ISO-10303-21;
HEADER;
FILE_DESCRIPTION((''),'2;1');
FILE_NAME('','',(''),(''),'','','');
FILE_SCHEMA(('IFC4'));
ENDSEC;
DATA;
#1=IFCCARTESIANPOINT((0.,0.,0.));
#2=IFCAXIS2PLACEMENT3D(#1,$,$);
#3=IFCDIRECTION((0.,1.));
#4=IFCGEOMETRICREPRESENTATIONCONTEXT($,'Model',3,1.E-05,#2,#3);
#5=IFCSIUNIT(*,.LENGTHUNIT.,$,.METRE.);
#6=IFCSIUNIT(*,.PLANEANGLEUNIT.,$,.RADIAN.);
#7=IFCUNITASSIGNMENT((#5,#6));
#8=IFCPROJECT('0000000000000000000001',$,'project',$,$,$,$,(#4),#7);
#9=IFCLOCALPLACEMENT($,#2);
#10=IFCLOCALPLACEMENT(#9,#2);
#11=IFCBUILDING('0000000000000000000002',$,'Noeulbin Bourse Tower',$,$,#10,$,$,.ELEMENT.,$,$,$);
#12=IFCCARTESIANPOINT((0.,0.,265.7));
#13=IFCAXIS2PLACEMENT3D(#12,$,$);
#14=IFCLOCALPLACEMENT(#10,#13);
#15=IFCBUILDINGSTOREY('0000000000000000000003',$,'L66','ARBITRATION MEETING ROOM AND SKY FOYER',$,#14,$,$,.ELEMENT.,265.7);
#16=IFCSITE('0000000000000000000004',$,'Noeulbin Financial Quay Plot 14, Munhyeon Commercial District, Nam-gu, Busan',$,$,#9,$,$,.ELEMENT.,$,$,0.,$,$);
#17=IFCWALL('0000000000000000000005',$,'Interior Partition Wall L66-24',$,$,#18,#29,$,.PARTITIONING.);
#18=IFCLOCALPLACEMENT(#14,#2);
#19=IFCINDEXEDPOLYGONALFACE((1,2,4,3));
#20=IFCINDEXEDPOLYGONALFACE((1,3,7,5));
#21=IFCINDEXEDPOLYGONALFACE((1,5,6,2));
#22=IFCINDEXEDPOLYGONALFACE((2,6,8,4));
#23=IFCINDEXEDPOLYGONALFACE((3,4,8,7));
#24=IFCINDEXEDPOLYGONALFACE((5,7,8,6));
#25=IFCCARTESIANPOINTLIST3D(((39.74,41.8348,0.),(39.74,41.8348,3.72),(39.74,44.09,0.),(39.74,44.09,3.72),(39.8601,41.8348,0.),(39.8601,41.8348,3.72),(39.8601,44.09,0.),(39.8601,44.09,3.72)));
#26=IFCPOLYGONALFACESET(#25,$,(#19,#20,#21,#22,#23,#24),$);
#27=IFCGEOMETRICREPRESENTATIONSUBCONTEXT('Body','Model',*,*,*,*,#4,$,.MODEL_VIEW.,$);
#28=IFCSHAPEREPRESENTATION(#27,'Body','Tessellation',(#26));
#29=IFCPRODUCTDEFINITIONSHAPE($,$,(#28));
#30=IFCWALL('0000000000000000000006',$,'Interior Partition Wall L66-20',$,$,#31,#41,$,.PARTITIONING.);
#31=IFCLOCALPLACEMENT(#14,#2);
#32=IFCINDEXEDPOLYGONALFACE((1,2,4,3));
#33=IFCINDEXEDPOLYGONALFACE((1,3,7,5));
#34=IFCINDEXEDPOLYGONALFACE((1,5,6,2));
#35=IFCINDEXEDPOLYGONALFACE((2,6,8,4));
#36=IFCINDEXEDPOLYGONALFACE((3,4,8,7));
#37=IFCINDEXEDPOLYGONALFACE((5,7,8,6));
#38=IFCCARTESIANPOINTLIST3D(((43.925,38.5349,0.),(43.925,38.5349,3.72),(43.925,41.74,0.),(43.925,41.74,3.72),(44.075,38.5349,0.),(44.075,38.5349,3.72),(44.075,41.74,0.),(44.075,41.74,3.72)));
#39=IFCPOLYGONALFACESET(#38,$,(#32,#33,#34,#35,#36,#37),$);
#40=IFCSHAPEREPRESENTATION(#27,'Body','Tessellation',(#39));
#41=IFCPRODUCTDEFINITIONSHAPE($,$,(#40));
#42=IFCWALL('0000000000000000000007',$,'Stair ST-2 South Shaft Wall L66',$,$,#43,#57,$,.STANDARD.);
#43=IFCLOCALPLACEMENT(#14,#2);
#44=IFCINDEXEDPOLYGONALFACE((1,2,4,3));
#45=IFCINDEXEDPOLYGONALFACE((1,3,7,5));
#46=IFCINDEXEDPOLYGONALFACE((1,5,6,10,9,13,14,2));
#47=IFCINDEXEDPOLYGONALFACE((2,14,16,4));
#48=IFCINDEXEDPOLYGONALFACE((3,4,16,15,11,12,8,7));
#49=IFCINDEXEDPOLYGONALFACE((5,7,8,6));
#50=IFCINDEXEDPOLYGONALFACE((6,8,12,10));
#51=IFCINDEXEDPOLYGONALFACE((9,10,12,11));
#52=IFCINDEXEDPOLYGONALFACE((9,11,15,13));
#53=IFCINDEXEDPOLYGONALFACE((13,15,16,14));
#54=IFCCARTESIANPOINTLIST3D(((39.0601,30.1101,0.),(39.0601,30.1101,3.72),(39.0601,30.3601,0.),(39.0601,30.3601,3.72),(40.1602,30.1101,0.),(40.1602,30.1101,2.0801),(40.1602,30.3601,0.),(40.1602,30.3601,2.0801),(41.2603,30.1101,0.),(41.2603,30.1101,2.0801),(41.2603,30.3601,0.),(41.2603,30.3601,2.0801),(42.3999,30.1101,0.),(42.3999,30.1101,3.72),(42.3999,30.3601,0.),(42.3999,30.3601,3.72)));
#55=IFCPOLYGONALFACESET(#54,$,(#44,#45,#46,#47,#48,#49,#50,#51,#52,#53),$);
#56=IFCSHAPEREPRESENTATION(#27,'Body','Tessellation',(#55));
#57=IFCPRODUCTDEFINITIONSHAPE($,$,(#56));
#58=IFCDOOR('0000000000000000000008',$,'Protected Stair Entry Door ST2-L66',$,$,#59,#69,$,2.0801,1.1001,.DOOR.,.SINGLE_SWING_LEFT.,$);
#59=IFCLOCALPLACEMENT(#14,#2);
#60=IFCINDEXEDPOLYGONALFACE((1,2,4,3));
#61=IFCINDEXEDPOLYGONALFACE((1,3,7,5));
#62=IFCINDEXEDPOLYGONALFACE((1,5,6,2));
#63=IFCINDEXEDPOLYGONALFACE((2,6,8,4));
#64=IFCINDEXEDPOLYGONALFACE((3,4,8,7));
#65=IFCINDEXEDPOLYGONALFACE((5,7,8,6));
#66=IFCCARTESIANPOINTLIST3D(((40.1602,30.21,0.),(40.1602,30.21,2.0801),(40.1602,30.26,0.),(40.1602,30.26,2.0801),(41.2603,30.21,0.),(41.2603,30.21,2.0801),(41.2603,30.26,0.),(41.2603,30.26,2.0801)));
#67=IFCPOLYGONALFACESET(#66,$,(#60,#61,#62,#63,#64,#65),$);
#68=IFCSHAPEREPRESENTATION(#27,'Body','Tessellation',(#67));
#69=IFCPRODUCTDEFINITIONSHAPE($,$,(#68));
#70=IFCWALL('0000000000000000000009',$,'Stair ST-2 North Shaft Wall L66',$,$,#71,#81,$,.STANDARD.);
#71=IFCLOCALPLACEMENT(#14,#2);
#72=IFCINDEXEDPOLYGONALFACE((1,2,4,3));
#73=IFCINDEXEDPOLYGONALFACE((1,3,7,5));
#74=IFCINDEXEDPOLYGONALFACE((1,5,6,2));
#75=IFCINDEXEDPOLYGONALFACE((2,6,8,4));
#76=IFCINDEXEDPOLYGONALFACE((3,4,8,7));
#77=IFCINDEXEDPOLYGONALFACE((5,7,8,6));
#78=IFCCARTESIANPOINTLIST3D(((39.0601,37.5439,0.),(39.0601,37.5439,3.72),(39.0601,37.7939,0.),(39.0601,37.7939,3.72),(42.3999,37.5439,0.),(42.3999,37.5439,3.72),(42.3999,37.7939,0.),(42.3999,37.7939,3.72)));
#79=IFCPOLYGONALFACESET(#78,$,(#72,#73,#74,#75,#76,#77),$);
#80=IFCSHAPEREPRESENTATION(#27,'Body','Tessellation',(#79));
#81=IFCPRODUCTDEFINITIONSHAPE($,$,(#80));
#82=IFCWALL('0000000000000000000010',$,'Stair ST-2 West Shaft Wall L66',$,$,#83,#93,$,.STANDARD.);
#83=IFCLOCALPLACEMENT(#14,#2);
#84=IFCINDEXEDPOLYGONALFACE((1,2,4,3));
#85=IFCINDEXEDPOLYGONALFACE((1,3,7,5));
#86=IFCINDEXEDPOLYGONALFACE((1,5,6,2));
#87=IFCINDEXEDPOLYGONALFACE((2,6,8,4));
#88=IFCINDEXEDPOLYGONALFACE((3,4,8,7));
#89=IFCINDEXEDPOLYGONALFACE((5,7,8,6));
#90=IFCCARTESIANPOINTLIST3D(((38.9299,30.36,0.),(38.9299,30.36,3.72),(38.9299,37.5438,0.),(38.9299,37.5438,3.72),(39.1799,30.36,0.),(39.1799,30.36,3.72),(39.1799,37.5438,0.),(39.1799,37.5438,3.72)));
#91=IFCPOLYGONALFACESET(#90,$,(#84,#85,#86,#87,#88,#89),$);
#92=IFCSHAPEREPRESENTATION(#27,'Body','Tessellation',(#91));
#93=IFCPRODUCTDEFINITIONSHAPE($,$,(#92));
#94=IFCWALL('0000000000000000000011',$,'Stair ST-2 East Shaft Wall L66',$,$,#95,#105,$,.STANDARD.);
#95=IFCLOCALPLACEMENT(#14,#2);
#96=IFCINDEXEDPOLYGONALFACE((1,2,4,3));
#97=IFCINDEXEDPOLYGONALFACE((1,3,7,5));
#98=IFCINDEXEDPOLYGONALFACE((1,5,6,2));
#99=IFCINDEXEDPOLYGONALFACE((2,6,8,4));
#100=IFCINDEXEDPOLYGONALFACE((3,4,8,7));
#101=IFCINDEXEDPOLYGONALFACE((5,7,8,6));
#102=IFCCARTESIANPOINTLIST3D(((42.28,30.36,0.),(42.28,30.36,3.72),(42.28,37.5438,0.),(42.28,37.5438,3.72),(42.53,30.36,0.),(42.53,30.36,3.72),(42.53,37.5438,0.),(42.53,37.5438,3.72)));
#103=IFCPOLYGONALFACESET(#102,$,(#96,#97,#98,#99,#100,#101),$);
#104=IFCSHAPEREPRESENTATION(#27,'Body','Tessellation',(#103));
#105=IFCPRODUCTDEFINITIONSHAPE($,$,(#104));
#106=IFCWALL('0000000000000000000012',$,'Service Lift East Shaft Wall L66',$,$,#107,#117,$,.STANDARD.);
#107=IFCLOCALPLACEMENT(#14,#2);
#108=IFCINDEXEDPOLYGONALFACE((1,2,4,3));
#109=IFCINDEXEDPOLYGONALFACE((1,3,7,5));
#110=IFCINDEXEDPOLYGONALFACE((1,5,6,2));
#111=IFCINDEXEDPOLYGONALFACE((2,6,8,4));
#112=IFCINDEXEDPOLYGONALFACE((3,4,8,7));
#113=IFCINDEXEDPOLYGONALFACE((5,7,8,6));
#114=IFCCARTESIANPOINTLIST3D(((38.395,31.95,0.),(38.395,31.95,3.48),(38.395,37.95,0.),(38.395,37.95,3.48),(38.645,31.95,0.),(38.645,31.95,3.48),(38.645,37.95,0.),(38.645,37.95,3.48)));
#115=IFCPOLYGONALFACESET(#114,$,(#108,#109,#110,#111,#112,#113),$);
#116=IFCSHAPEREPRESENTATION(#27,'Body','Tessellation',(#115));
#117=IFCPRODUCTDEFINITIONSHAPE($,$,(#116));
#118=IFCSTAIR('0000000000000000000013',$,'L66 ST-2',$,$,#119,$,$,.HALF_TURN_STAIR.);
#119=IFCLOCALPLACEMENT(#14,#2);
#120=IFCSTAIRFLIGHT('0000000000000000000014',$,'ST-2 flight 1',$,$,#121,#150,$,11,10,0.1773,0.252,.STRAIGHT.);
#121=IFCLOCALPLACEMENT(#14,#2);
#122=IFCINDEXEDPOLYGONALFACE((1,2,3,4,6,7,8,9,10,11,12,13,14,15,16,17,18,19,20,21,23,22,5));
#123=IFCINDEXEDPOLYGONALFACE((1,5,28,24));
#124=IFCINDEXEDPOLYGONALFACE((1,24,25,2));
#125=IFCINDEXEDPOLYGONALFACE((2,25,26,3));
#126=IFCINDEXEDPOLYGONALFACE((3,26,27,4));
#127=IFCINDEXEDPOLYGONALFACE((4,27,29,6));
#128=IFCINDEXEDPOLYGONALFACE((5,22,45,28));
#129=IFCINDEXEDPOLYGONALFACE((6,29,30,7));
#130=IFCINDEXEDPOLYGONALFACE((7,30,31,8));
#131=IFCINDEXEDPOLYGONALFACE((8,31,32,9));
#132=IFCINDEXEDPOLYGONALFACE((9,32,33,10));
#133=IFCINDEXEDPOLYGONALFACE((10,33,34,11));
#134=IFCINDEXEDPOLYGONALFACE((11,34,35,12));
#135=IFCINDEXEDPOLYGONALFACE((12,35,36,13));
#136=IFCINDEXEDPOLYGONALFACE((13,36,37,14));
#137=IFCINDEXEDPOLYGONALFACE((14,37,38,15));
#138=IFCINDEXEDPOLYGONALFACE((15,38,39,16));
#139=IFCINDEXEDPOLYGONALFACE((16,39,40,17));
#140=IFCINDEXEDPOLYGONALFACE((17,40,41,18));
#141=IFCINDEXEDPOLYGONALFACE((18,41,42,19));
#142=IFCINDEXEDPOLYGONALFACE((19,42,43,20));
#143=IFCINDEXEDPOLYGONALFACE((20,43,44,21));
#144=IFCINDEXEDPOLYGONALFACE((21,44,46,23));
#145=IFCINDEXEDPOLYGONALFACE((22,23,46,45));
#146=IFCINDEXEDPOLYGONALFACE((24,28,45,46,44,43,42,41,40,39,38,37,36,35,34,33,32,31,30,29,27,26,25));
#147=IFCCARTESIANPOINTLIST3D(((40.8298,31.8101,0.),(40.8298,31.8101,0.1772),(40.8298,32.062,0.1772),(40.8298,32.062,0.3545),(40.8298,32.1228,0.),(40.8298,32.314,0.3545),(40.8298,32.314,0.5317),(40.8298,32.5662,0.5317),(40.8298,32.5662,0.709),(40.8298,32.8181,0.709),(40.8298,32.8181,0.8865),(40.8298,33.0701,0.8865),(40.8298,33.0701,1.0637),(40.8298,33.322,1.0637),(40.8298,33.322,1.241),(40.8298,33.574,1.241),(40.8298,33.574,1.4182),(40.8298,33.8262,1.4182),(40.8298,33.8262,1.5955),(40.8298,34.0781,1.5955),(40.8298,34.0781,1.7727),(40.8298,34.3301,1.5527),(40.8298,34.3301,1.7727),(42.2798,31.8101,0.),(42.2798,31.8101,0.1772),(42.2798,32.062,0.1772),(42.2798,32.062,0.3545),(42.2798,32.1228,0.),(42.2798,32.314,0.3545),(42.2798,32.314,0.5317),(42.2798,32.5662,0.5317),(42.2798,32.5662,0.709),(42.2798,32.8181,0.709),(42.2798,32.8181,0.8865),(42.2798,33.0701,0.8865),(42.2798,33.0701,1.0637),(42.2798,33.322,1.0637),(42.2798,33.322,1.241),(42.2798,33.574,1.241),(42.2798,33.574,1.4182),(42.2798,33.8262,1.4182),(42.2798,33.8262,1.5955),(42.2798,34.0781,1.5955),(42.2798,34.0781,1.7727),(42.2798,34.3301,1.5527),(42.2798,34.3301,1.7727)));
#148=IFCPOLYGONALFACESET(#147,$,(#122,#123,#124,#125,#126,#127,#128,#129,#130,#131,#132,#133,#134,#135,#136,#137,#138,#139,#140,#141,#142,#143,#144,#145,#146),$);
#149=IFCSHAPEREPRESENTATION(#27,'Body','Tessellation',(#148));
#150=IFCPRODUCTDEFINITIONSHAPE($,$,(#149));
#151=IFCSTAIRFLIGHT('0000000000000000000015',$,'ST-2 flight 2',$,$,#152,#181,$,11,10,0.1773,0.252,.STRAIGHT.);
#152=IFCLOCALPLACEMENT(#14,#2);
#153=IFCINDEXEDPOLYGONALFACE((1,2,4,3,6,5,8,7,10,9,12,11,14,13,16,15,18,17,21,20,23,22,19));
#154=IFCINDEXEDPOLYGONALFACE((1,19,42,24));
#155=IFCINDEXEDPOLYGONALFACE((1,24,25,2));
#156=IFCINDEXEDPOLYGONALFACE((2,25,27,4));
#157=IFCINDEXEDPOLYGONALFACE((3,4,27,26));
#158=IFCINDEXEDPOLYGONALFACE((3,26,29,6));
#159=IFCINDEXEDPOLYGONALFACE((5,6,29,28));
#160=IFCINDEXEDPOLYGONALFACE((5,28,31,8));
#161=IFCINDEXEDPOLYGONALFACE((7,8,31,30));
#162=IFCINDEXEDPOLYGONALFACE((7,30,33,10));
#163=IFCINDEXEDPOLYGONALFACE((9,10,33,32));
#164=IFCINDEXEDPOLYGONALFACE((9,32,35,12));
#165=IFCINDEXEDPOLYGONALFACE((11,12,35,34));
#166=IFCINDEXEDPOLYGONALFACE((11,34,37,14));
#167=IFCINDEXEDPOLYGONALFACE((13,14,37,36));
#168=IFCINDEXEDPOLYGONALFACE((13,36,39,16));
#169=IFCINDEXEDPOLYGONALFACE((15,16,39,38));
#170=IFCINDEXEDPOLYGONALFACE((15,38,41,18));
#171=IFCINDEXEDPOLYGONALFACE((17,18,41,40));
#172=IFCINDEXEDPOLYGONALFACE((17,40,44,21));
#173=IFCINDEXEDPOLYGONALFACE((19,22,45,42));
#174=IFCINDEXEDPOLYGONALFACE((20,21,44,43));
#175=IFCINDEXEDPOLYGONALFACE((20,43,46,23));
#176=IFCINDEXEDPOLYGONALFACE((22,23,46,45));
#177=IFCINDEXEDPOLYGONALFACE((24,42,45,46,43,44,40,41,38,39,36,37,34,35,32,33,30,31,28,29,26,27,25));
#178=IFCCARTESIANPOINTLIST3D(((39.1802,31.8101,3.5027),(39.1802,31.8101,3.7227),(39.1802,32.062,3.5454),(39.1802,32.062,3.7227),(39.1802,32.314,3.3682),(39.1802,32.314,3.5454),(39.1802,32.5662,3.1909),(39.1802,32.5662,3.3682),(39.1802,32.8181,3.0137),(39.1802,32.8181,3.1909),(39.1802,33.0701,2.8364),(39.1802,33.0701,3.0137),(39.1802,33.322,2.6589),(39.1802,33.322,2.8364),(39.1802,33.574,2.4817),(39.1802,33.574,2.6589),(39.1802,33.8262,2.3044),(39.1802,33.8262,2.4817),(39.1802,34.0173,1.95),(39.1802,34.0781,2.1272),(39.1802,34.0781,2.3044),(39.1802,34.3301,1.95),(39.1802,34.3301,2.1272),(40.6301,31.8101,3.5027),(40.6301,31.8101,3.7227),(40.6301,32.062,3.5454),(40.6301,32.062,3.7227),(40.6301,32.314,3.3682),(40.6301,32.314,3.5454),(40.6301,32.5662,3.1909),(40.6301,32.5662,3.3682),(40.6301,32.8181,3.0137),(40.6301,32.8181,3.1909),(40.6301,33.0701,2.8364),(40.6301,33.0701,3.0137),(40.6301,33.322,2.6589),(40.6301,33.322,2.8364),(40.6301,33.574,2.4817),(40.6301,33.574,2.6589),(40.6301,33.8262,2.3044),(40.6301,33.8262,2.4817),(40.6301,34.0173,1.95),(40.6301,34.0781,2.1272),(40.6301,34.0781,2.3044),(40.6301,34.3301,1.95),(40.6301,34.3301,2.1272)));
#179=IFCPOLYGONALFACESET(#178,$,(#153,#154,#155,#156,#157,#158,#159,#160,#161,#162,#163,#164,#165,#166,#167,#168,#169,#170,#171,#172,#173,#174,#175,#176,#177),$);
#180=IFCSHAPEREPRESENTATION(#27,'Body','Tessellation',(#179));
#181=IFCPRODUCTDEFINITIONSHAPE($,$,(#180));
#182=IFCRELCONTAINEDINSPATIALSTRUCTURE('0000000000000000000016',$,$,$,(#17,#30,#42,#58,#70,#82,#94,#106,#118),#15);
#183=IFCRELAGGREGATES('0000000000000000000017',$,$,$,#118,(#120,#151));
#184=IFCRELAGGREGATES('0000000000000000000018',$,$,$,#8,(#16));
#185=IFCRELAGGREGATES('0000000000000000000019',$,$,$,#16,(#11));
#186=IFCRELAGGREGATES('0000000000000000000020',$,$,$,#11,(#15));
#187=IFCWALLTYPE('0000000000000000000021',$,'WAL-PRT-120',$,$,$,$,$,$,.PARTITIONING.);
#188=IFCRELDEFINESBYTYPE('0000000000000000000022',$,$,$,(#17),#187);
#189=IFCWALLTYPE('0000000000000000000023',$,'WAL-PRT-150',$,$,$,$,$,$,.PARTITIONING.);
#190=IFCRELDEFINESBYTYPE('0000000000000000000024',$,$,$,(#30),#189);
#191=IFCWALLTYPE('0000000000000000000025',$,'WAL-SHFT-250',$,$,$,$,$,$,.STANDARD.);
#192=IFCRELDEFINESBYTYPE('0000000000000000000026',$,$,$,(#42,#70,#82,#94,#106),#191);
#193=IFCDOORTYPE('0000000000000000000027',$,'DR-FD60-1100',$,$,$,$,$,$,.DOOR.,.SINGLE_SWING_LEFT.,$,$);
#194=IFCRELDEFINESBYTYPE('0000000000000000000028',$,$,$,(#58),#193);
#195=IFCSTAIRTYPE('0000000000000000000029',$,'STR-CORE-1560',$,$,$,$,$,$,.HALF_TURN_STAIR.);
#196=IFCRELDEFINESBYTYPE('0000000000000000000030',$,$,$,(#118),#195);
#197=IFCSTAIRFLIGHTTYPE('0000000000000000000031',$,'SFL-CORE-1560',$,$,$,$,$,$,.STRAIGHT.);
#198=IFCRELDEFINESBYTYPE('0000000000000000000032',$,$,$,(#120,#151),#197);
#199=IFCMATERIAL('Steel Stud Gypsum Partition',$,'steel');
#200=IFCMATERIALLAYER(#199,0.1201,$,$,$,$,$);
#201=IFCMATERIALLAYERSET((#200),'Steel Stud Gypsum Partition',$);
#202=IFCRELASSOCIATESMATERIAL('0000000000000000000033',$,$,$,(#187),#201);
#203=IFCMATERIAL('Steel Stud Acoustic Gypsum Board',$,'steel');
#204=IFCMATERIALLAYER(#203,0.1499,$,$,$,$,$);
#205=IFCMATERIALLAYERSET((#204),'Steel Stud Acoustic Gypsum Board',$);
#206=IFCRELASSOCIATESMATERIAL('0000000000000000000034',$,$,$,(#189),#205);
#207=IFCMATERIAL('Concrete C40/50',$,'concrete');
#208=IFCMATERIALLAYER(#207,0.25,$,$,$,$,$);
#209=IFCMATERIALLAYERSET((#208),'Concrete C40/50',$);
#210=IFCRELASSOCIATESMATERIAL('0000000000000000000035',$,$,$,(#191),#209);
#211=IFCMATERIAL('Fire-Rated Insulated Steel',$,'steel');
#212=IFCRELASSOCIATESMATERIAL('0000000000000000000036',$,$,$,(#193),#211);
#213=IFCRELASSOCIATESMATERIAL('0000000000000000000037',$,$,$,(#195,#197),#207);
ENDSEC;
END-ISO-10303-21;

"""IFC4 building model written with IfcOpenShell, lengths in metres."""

from ifc_helpers import new_model, si_unit, direction, frame, frame_2d, origin, place, context, subcontext, project, spatial, polyline, rectangle, outline, extrude, material, layer, layer_set, type_object, element, fill, aggregate, save


model = new_model("IFC4")

# Units and contexts
model_context = context("Model", 3, precision=1e-05, world=origin(), true_north=direction((0.0, 1.0)))
body_context = subcontext(model_context, "Body", "Model", "MODEL_VIEW")
ifc_project = project(units=[si_unit("LENGTHUNIT", "METRE"), si_unit("PLANEANGLEUNIT", "RADIAN")], contexts=[model_context])

# Site, building, storey
site_placement = place(None, origin())
site = spatial("IfcSite", under=ifc_project, at=site_placement, Name="Noeulbin Financial Quay Plot 14, Munhyeon Commercial District, Nam-gu, Busan", CompositionType="ELEMENT", RefElevation=0.0)
building_placement = place(site_placement, origin())
building = spatial("IfcBuilding", under=site, at=building_placement, Name="Noeulbin Bourse Tower", CompositionType="ELEMENT")
storey_placement = place(building_placement, frame((0.0, 0.0, 265.7)))
storey = spatial("IfcBuildingStorey", under=building, at=storey_placement, Name="L66", Description="ARBITRATION MEETING ROOM AND SKY FOYER", CompositionType="ELEMENT", Elevation=265.7)

# Walls
ifc_material_1 = material(Name="Concrete C40/50", Category="concrete")
ifc_material_2 = material(Name="Steel Stud Gypsum Partition", Category="steel")
ifc_layer_1 = layer(ifc_material_2, 0.1201)
ifc_layer_set_1 = layer_set([ifc_layer_1], Name="Steel Stud Gypsum Partition")
wall_type_1 = type_object("IfcWallType", Name="WAL-PRT-120", PredefinedType="PARTITIONING", material=ifc_layer_set_1)
wall_1_placement = place(storey_placement, frame((39.8, 41.835, 0.0), z_axis=(0.0, 0.0, 1.0), x_axis=(0.0, 1.0, 0.0)))
element("IfcWall", 1, at=wall_1_placement, inside=storey, type_object=wall_type_1, Name="Interior Partition Wall L66-24", PredefinedType="PARTITIONING", context=body_context, shape_type="SweptSolid", body=[
    extrude(rectangle(XDim=2.2551, YDim=0.1201, at=frame_2d((1.1274, 0.0))), origin(), (0.0, 0.0, 1.0), 3.72),
])
ifc_material_3 = material(Name="Steel Stud Acoustic Gypsum Board", Category="steel")
ifc_layer_2 = layer(ifc_material_3, 0.1499)
ifc_layer_set_2 = layer_set([ifc_layer_2], Name="Steel Stud Acoustic Gypsum Board")
wall_type_2 = type_object("IfcWallType", Name="WAL-PRT-150", PredefinedType="PARTITIONING", material=ifc_layer_set_2)
wall_2_placement = place(storey_placement, frame((44.0, 38.5349, 0.0), z_axis=(0.0, 0.0, 1.0), x_axis=(0.0, 1.0, 0.0)))
element("IfcWall", 2, at=wall_2_placement, inside=storey, type_object=wall_type_2, Name="Interior Partition Wall L66-20", PredefinedType="PARTITIONING", context=body_context, shape_type="SweptSolid", body=[
    extrude(rectangle(XDim=3.2051, YDim=0.1499, at=frame_2d((1.6025, 0.0))), origin(), (0.0, 0.0, 1.0), 3.72),
])

# Wall, opening, door
ifc_layer_3 = layer(ifc_material_1, 0.25)
ifc_layer_set_3 = layer_set([ifc_layer_3], Name="Concrete C40/50")
wall_type_3 = type_object("IfcWallType", Name="WAL-SHFT-250", PredefinedType="STANDARD", material=ifc_layer_set_3)
wall_3_placement = place(storey_placement, frame((39.0601, 30.2351, 0.0), z_axis=(0.0, 0.0, 1.0), x_axis=(1.0, 0.0, 0.0)))
wall_3 = element("IfcWall", 3, at=wall_3_placement, inside=storey, type_object=wall_type_3, Name="Stair ST-2 South Shaft Wall L66", PredefinedType="STANDARD", context=body_context, shape_type="SweptSolid", body=[
    extrude(rectangle(XDim=3.3398, YDim=0.25, at=frame_2d((1.6699, 0.0))), origin(), (0.0, 0.0, 1.0), 3.72),
])
opening_placement = place(wall_3_placement, frame((1.1001, 0.0, 0.0)))
opening = element("IfcOpeningElement", 4, at=opening_placement, cuts=wall_3, PredefinedType="OPENING", context=body_context, shape_type="SweptSolid", body=[
    extrude(rectangle(XDim=1.1001, YDim=2.0801, at=frame_2d((0.55, 1.04))), frame((0.0, 0.135, 0.0), z_axis=(0.0, -1.0, 0.0), x_axis=(1.0, 0.0, 0.0)), (0.0, 0.0, 1.0), 0.27),
])
ifc_material_4 = material(Name="Fire-Rated Insulated Steel", Category="steel")
door_type = type_object("IfcDoorType", Name="DR-FD60-1100", OperationType="SINGLE_SWING_LEFT", PredefinedType="DOOR", material=ifc_material_4)
door_placement = place(opening_placement, origin())
door = element("IfcDoor", 5, at=door_placement, inside=storey, type_object=door_type, Name="Protected Stair Entry Door ST2-L66", OperationType="SINGLE_SWING_LEFT", OverallHeight=2.0801, OverallWidth=1.1001, PredefinedType="DOOR", context=body_context, shape_type="SweptSolid", body=[
    extrude(rectangle(XDim=1.1001, YDim=2.0801, at=frame_2d((0.55, 1.04))), frame((0.0, 0.0249, 0.0), z_axis=(0.0, -1.0, 0.0), x_axis=(1.0, 0.0, 0.0)), (0.0, 0.0, 1.0), 0.05),
])
fill(opening, door)

# Walls
wall_4_placement = place(storey_placement, frame((39.0601, 37.6689, 0.0), z_axis=(0.0, 0.0, 1.0), x_axis=(1.0, 0.0, 0.0)))
element("IfcWall", 6, at=wall_4_placement, inside=storey, type_object=wall_type_3, Name="Stair ST-2 North Shaft Wall L66", PredefinedType="STANDARD", context=body_context, shape_type="SweptSolid", body=[
    extrude(rectangle(XDim=3.3398, YDim=0.25, at=frame_2d((1.6699, 0.0))), origin(), (0.0, 0.0, 1.0), 3.72),
])
for number, where, z_axis, x_axis, name in (
    (7, (39.0549, 30.3601, 0.0), (0.0, 0.0, 1.0), (0.0, 1.0, 0.0), "Stair ST-2 West Shaft Wall L66"),
    (8, (42.405, 30.3601, 0.0), (0.0, 0.0, 1.0), (0.0, 1.0, 0.0), "Stair ST-2 East Shaft Wall L66"),
):
    element("IfcWall", number, at=place(storey_placement, frame(where, z_axis=z_axis, x_axis=x_axis)), inside=storey, type_object=wall_type_3, Name=name, PredefinedType="STANDARD", context=body_context, shape_type="SweptSolid", body=[
        extrude(rectangle(XDim=7.1838, YDim=0.25, at=frame_2d((3.5918, 0.0))), origin(), (0.0, 0.0, 1.0), 3.72),
    ])
wall_5_placement = place(storey_placement, frame((38.52, 31.95, 0.0), z_axis=(0.0, 0.0, 1.0), x_axis=(0.0, 1.0, 0.0)))
element("IfcWall", 9, at=wall_5_placement, inside=storey, type_object=wall_type_3, Name="Service Lift East Shaft Wall L66", PredefinedType="STANDARD", context=body_context, shape_type="SweptSolid", body=[
    extrude(rectangle(XDim=6.0, YDim=0.25, at=frame_2d((3.0, 0.0))), origin(), (0.0, 0.0, 1.0), 3.48),
])

# Stair, stair flights
stair_type = type_object("IfcStairType", Name="STR-CORE-1560", PredefinedType="HALF_TURN_STAIR", material=ifc_material_1)
stair_placement = place(storey_placement, origin())
stair = element("IfcStair", 10, at=stair_placement, inside=storey, type_object=stair_type, Name="L66 ST-2", PredefinedType="HALF_TURN_STAIR")
stair_flight_type = type_object("IfcStairFlightType", Name="SFL-CORE-1560", PredefinedType="STRAIGHT", material=ifc_material_1)
stair_flight_1_placement = place(storey_placement, frame((41.5549, 31.8101, 0.0), z_axis=(0.0, 0.0, 1.0), x_axis=(0.0, 1.0, 0.0)))
stair_flight_1 = element("IfcStairFlight", 11, at=stair_flight_1_placement, type_object=stair_flight_type, Name="ST-2 flight 1", NumberOfRisers=11, NumberOfTreads=10, PredefinedType="STRAIGHT", RiserHeight=0.1773, TreadLength=0.252, context=body_context, shape_type="SweptSolid", body=[
    extrude(outline(polyline([(0.0, 0.0), (0.0, 0.1772), (0.252, 0.1772), (0.252, 0.3545), (0.5039, 0.3545), (0.5039, 0.5317), (0.7561, 0.5317), (0.7561, 0.709), (1.0081, 0.709), (1.0081, 0.8865), (1.26, 0.8865), (1.26, 1.0637), (1.512, 1.0637), (1.512, 1.241), (1.7639, 1.241), (1.7639, 1.4182), (2.0161, 1.4182), (2.0161, 1.5955), (2.2681, 1.5955), (2.2681, 1.7727), (2.52, 1.7727), (2.52, 1.95), (2.52, 1.5527), (0.3127, 0.0), (0.0, 0.0)])), frame((0.0, 0.7251, 0.0), z_axis=(0.0, -1.0, 0.0), x_axis=(1.0, 0.0, 0.0)), (0.0, 0.0, 1.0), 1.45),
])
stair_flight_2_placement = place(storey_placement, frame((39.905, 34.3301, 1.95), z_axis=(0.0, 0.0, 1.0), x_axis=(0.0, -1.0, 0.0)))
stair_flight_2 = element("IfcStairFlight", 12, at=stair_flight_2_placement, type_object=stair_flight_type, Name="ST-2 flight 2", NumberOfRisers=11, NumberOfTreads=10, PredefinedType="STRAIGHT", RiserHeight=0.1773, TreadLength=0.252, context=body_context, shape_type="SweptSolid", body=[
    extrude(outline(polyline([(0.0, 0.0), (0.0, 0.1772), (0.252, 0.1772), (0.252, 0.3545), (0.5039, 0.3545), (0.5039, 0.5317), (0.7561, 0.5317), (0.7561, 0.709), (1.0081, 0.709), (1.0081, 0.8865), (1.26, 0.8865), (1.26, 1.0637), (1.512, 1.0637), (1.512, 1.241), (1.7639, 1.241), (1.7639, 1.4182), (2.0161, 1.4182), (2.0161, 1.5955), (2.2681, 1.5955), (2.2681, 1.7727), (2.52, 1.7727), (2.52, 1.95), (2.52, 1.5527), (0.3127, 0.0), (0.0, 0.0)])), frame((0.0, 0.7251, 0.0), z_axis=(0.0, -1.0, 0.0), x_axis=(1.0, 0.0, 0.0)), (0.0, 0.0, 1.0), 1.45),
])
aggregate(stair, [stair_flight_1, stair_flight_2])

save(model, "model.ifc")
